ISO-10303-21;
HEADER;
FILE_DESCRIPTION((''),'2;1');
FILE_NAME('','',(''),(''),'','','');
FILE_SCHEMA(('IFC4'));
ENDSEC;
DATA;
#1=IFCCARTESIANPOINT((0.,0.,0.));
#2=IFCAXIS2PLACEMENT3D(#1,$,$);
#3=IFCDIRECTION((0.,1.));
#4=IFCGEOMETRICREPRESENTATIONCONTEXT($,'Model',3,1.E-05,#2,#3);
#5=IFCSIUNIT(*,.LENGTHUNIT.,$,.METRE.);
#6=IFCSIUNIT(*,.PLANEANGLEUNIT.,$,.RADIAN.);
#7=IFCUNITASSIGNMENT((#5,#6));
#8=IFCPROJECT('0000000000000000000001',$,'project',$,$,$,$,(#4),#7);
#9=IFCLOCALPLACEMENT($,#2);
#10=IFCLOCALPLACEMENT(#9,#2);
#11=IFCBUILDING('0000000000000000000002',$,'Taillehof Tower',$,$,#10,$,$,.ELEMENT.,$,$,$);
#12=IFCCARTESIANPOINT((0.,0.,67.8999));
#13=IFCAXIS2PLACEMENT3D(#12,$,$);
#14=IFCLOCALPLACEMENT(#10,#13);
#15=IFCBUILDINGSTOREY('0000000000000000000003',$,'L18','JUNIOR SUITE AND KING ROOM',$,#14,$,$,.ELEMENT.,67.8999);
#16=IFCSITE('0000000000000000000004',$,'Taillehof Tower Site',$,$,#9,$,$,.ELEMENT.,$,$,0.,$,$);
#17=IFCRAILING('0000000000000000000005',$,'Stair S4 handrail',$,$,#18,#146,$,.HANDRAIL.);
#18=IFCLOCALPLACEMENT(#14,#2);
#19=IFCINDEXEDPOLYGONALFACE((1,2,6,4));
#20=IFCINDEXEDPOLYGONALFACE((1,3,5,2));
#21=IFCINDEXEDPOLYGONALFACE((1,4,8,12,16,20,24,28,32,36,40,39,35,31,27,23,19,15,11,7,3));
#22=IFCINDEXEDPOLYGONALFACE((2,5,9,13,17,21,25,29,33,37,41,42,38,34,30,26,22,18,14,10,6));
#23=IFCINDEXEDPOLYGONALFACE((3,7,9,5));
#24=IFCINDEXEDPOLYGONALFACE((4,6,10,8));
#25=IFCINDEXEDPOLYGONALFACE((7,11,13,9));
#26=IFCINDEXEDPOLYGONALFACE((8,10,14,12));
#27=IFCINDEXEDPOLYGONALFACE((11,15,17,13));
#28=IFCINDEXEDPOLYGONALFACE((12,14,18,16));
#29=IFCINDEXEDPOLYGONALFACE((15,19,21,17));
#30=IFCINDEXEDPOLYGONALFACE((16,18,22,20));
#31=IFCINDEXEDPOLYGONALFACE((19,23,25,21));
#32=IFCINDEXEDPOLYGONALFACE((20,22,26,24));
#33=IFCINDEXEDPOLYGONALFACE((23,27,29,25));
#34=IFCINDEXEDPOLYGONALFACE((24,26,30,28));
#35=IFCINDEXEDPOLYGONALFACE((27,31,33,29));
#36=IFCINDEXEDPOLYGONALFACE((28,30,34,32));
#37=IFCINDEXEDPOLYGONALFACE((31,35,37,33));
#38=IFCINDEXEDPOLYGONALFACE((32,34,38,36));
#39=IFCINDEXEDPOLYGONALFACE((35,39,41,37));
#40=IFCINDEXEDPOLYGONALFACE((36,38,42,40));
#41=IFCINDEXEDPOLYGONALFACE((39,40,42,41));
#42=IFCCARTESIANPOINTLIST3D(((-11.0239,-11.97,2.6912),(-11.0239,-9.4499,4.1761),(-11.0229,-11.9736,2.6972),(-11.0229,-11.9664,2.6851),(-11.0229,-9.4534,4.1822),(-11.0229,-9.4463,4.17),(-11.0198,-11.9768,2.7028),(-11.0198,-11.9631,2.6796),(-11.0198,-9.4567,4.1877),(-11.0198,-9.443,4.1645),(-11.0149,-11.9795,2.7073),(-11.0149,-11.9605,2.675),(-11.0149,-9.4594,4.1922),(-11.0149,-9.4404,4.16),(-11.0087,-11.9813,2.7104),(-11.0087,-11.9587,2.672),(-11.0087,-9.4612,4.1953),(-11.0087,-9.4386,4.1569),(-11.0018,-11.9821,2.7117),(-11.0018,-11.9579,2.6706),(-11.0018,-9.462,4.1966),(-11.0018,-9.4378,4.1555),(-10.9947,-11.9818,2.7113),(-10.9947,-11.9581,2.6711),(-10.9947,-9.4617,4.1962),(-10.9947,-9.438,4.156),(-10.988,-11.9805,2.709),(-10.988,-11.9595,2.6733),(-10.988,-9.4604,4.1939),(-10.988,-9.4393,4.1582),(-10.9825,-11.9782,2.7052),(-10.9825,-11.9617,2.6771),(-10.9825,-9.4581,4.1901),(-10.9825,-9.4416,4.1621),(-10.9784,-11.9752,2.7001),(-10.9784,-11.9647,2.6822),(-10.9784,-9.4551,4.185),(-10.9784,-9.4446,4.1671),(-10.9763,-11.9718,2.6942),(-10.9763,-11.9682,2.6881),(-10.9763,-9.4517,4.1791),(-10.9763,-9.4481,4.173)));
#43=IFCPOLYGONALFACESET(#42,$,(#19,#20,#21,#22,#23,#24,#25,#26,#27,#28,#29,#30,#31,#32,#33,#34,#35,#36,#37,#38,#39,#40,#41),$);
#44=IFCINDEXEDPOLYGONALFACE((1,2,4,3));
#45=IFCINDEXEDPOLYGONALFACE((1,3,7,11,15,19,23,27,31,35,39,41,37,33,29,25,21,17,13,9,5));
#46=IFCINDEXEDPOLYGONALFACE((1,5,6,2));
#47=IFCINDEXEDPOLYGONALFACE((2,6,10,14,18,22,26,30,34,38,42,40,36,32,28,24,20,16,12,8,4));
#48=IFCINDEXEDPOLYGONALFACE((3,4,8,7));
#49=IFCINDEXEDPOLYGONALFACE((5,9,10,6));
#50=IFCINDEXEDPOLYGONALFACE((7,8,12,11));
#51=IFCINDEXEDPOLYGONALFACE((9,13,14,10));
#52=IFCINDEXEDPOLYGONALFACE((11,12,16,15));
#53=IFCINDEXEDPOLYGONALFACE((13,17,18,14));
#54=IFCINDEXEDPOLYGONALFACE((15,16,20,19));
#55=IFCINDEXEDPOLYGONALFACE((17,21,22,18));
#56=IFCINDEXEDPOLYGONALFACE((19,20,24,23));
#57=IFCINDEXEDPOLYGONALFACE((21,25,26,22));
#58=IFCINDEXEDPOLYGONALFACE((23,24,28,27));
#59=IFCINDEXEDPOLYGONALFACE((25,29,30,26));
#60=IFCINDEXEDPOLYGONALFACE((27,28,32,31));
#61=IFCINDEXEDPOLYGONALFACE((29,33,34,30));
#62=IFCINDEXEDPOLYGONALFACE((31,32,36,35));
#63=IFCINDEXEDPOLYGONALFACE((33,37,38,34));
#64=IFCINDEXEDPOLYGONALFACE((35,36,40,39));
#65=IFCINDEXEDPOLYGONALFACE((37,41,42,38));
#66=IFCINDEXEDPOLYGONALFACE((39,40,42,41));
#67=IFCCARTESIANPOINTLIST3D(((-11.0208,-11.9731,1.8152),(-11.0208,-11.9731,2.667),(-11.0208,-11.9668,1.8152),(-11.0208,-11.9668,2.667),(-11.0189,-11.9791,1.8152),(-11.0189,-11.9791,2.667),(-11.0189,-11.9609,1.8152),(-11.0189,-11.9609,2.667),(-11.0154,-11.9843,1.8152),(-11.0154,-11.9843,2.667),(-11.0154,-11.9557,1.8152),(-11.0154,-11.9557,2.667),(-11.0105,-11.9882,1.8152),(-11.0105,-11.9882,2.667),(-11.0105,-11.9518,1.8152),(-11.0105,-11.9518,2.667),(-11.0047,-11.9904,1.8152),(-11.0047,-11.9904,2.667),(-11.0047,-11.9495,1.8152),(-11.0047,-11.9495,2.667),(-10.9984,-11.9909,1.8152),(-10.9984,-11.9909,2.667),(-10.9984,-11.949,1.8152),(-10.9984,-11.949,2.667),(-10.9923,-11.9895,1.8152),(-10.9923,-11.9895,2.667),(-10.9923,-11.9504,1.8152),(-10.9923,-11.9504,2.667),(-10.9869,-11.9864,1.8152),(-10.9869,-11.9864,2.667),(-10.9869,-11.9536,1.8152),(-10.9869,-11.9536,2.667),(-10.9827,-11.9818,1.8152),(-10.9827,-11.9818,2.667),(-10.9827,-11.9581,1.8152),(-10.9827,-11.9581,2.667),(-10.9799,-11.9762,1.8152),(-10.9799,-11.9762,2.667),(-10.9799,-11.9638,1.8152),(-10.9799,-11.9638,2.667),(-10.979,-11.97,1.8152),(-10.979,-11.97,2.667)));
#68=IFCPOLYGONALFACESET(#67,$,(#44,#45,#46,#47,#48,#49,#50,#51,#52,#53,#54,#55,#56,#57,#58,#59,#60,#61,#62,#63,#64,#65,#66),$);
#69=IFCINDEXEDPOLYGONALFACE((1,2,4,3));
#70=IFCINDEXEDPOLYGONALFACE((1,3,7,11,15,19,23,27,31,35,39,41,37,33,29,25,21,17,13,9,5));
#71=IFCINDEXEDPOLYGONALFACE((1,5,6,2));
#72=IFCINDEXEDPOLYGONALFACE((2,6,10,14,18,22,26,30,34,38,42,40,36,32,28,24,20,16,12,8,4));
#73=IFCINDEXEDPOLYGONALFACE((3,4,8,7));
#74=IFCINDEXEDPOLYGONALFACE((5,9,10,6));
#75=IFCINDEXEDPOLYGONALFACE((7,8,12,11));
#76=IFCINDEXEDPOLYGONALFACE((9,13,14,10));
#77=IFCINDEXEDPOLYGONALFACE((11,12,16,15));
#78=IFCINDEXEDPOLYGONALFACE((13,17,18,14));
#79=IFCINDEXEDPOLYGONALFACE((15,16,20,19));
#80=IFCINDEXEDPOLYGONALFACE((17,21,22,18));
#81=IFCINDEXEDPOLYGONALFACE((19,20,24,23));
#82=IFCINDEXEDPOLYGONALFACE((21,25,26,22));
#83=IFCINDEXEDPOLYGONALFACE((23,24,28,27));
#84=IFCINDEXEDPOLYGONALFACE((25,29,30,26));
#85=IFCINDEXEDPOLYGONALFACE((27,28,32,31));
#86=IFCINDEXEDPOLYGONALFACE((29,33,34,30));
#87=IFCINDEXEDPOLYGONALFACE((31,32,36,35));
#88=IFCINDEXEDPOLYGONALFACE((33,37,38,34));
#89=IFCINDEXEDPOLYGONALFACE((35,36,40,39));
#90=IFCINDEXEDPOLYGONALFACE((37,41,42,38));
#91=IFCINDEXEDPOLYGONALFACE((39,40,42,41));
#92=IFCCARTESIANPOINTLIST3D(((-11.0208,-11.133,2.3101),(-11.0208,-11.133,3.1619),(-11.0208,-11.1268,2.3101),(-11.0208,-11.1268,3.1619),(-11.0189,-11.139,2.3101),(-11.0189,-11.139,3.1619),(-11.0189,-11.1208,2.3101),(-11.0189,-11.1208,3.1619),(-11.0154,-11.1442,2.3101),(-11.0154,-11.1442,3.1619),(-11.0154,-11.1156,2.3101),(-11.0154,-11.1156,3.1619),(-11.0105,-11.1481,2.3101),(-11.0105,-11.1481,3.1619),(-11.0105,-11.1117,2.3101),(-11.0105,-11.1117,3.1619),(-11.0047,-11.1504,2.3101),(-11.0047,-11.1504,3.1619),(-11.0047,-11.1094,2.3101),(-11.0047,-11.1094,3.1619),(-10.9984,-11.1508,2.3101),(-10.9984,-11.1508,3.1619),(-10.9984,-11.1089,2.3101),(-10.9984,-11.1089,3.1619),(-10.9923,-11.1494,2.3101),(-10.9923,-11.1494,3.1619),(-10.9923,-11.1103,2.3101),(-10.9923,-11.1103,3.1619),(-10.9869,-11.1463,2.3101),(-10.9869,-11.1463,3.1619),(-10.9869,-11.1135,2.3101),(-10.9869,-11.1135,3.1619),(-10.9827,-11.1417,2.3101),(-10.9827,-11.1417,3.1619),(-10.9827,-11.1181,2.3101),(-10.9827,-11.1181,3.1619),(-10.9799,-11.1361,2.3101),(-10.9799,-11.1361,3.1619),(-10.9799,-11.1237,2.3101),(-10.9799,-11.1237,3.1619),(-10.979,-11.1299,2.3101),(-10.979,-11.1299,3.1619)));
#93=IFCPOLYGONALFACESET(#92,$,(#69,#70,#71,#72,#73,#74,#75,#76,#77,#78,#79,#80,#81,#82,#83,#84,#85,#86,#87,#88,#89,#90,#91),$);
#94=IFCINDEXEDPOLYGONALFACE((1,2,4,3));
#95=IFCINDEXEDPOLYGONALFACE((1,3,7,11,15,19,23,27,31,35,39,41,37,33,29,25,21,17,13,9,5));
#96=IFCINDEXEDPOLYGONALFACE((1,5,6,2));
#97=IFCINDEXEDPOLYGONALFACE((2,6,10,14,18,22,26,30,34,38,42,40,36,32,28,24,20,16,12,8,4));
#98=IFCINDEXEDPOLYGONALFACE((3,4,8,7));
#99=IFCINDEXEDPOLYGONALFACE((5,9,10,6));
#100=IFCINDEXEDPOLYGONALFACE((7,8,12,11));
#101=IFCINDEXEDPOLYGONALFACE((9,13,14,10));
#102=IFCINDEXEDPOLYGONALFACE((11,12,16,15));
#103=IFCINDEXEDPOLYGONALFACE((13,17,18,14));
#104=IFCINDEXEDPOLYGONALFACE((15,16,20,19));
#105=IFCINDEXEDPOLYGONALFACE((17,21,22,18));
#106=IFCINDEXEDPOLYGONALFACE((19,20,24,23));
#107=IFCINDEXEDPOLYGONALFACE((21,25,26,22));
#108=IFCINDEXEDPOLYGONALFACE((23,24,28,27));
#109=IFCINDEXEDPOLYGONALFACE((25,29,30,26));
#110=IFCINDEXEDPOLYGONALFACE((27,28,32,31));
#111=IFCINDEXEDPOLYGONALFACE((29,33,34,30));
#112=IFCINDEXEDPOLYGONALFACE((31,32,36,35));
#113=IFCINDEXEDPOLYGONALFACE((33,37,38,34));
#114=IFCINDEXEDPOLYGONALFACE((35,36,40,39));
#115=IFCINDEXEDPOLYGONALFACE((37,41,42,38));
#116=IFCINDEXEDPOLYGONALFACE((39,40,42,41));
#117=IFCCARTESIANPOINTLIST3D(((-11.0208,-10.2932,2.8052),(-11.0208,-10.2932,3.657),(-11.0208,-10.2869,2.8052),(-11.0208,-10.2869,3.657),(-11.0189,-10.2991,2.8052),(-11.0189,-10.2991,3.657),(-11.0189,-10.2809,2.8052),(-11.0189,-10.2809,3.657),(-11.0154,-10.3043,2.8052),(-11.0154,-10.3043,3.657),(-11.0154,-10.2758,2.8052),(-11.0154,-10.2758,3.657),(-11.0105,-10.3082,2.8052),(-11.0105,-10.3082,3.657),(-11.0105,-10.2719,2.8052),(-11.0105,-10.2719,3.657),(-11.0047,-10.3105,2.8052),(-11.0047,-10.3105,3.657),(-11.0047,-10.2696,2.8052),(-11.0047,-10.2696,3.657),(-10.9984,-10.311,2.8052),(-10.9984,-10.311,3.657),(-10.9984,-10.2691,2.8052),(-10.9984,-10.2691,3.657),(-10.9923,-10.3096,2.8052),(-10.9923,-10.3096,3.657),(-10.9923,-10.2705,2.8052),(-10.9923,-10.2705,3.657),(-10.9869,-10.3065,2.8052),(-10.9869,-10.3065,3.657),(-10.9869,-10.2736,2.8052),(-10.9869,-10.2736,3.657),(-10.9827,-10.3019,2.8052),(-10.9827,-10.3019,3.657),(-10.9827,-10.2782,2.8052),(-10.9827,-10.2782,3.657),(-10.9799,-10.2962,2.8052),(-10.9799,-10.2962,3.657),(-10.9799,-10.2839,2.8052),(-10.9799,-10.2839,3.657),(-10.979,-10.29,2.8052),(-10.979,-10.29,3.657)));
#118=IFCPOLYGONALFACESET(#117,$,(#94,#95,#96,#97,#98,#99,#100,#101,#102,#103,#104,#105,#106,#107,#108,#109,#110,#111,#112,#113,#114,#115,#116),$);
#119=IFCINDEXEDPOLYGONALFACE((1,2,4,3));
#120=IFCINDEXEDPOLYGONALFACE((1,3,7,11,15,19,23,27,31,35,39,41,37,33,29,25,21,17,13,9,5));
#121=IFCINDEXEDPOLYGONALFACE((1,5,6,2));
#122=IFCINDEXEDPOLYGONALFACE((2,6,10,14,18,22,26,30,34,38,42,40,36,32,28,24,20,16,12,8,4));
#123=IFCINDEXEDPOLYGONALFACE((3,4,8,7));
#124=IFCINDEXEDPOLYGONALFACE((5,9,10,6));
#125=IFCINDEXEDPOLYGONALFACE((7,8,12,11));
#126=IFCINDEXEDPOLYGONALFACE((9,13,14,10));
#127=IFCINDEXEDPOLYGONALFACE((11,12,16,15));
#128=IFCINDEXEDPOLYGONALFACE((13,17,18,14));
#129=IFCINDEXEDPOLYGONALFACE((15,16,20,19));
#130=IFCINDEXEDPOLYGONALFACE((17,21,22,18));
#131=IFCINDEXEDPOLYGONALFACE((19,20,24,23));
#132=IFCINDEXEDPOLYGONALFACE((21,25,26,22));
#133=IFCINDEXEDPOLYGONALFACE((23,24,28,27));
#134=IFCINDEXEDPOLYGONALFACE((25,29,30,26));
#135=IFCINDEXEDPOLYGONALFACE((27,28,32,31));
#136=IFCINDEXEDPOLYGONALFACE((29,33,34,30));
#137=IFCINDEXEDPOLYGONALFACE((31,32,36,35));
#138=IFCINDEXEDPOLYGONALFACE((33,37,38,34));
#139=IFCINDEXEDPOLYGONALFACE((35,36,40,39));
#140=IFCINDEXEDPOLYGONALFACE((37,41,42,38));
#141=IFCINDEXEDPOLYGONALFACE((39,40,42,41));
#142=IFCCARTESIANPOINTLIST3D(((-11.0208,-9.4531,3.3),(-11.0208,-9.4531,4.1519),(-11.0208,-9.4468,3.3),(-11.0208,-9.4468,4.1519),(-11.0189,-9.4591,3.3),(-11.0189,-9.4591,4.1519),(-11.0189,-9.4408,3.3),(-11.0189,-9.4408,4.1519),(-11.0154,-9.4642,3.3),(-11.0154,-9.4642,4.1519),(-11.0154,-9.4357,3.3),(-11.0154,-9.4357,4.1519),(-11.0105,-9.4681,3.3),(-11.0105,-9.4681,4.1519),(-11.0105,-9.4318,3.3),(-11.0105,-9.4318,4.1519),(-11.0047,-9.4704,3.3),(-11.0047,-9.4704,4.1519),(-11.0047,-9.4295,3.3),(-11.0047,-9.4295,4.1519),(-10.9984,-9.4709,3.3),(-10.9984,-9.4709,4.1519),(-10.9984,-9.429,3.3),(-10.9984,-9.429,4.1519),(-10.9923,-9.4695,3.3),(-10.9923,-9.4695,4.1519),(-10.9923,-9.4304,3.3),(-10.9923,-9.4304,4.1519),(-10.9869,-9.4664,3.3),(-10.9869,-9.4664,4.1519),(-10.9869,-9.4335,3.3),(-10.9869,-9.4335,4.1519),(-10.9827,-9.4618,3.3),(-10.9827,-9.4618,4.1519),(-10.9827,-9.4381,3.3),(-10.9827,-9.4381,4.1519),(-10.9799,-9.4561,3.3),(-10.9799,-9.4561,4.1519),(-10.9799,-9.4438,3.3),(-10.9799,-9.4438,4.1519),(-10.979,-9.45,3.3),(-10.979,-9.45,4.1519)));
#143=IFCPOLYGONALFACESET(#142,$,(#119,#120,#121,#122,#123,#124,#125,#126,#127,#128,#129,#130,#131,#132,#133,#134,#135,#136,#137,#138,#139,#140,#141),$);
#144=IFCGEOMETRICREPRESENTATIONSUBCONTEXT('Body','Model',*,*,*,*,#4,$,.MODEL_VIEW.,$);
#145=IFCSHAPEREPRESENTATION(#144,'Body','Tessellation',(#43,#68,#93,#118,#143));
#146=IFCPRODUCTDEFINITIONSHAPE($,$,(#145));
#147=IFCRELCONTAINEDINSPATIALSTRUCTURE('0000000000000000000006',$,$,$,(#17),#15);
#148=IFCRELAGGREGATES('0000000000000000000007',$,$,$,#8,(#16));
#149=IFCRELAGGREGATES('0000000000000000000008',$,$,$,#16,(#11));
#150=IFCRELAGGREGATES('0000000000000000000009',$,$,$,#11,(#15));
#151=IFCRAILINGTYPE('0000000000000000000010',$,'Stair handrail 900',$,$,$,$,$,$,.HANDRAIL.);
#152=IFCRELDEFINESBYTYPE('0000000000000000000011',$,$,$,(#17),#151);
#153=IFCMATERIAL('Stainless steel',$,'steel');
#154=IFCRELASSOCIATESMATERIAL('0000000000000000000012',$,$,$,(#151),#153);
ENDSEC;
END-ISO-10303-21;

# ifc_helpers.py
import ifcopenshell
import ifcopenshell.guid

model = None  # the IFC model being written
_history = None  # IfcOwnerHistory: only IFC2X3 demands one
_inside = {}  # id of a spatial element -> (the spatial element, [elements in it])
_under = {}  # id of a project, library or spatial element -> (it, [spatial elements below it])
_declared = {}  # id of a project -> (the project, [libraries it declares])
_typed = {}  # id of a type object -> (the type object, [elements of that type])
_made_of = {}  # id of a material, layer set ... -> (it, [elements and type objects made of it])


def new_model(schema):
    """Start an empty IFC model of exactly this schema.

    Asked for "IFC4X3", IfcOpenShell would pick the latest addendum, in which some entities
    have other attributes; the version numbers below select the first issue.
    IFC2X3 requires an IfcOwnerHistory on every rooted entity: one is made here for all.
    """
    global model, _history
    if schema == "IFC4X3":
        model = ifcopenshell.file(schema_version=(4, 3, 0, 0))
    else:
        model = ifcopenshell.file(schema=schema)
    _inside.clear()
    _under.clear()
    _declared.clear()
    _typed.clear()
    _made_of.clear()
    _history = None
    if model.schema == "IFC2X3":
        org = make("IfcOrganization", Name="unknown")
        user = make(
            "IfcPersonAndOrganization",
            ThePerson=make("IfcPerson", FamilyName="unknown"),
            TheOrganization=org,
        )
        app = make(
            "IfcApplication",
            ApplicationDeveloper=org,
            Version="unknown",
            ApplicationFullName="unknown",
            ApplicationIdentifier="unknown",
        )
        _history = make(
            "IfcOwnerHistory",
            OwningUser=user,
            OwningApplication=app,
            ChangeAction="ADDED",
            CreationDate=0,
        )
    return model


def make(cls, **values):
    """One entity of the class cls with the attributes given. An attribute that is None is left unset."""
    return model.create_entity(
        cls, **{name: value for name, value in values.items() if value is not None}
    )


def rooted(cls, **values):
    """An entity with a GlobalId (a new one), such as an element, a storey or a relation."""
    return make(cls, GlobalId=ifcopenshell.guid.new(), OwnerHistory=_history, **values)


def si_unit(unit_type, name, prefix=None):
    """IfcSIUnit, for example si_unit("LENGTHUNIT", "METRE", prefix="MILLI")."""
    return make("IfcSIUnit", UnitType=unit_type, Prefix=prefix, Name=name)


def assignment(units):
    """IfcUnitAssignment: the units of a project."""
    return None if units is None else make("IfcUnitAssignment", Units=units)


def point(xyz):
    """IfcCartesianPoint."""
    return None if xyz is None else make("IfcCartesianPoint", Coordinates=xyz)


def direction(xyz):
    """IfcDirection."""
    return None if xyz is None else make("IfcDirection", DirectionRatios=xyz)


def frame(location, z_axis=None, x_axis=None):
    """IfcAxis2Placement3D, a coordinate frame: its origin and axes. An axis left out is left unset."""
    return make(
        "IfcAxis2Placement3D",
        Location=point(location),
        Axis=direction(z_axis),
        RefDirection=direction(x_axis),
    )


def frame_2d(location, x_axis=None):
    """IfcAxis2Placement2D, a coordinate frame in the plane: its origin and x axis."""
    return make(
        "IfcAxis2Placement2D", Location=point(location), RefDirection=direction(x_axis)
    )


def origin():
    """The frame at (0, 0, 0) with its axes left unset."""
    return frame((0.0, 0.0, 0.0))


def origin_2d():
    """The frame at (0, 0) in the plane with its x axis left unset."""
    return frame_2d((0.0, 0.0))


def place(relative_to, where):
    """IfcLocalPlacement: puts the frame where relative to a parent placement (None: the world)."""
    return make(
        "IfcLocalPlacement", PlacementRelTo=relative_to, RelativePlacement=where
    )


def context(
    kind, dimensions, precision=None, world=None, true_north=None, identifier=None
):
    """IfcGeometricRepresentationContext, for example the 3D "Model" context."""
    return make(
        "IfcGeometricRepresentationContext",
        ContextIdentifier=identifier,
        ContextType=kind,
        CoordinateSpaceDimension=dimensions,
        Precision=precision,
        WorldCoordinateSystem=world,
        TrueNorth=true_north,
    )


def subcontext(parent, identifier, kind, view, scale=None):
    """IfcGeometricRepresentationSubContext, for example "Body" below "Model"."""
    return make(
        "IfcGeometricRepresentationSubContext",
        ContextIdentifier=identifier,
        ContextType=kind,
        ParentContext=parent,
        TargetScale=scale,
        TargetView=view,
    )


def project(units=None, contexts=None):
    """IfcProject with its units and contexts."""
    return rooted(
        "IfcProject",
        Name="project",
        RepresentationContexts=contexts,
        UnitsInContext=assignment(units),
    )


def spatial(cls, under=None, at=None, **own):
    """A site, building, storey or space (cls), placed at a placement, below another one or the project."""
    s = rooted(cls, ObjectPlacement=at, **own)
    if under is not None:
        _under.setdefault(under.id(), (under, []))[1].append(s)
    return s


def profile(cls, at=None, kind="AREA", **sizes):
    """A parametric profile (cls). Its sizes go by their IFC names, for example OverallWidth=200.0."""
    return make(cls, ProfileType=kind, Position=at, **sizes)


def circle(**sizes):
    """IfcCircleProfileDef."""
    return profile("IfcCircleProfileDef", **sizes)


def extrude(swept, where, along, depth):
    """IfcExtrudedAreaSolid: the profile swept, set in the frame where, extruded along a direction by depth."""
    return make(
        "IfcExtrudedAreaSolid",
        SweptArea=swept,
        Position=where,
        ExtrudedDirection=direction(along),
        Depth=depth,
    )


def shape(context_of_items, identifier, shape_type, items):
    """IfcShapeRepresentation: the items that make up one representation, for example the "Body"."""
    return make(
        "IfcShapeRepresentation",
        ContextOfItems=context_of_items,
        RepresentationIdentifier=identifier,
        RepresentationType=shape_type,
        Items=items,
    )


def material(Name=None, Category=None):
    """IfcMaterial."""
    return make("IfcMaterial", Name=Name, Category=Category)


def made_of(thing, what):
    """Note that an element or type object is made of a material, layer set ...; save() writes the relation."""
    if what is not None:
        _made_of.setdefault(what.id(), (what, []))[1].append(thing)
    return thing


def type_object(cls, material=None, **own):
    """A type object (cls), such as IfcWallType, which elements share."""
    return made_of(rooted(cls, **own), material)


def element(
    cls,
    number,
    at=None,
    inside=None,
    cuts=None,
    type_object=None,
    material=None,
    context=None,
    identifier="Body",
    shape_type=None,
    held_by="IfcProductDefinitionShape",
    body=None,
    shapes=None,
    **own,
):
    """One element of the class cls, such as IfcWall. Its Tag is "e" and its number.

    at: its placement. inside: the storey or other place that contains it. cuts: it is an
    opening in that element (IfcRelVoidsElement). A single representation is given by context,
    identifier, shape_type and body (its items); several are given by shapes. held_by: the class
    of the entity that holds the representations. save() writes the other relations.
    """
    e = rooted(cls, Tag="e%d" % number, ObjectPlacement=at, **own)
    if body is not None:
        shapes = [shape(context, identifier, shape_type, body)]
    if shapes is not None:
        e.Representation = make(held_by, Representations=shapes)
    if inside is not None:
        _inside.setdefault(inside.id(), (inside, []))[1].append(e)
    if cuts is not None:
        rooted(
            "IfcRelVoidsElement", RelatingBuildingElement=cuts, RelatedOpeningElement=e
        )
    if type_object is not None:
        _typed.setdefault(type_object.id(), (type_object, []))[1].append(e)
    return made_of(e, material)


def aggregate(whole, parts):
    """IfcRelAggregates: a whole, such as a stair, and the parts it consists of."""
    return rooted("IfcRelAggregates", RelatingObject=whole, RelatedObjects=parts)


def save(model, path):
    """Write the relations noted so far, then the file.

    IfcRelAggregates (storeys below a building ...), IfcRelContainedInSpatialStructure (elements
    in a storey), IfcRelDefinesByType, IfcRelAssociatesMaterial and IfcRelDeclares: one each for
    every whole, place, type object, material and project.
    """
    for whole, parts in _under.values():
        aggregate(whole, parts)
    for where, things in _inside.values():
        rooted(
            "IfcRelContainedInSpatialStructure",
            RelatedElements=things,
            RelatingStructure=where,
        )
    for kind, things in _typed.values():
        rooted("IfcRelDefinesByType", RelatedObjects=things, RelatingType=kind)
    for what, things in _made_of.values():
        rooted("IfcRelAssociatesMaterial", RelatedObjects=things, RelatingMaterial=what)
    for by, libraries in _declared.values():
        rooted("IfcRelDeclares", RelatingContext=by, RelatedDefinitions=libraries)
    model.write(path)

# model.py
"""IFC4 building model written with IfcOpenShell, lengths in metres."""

from ifc_helpers import new_model, si_unit, direction, frame, origin, origin_2d, place, context, subcontext, project, spatial, circle, extrude, material, type_object, element, save


model = new_model("IFC4")

# Units and contexts
model_context = context("Model", 3, precision=1e-05, world=origin(), true_north=direction((0.0, 1.0)))
body_context = subcontext(model_context, "Body", "Model", "MODEL_VIEW")
ifc_project = project(units=[si_unit("LENGTHUNIT", "METRE"), si_unit("PLANEANGLEUNIT", "RADIAN")], contexts=[model_context])

# Site, building, storey
site_placement = place(None, origin())
site = spatial("IfcSite", under=ifc_project, at=site_placement, Name="Taillehof Tower Site", CompositionType="ELEMENT", RefElevation=0.0)
building_placement = place(site_placement, origin())
building = spatial("IfcBuilding", under=site, at=building_placement, Name="Taillehof Tower", CompositionType="ELEMENT")
storey_placement = place(building_placement, frame((0.0, 0.0, 67.8999)))
storey = spatial("IfcBuildingStorey", under=building, at=storey_placement, Name="L18", Description="JUNIOR SUITE AND KING ROOM", CompositionType="ELEMENT", Elevation=67.8999)

# Railing
ifc_material_1 = material(Name="Stainless steel", Category="steel")
railing_type = type_object("IfcRailingType", Name="Stair handrail 900", PredefinedType="HANDRAIL", material=ifc_material_1)
railing_1_placement = place(storey_placement, frame((-11.0, -11.97, 1.8152)))
element("IfcRailing", 1, at=railing_1_placement, inside=storey, type_object=railing_type, Name="Stair S4 handrail", PredefinedType="HANDRAIL", context=body_context, shape_type="SweptSolid", body=[
    extrude(circle(Radius=0.0239, at=origin_2d()), frame((0.0, 0.0, 0.876), z_axis=(0.0, 0.861561, 0.507655), x_axis=(-1.0, 0.0, 0.0)), (0.0, 0.0, 1.0), 2.925),
    extrude(circle(Radius=0.021, at=origin_2d()), origin(), (0.0, 0.0, 1.0), 0.8518),
    extrude(circle(Radius=0.021, at=origin_2d()), frame((0.0, 0.8401, 0.4949)), (0.0, 0.0, 1.0), 0.8518),
    extrude(circle(Radius=0.021, at=origin_2d()), frame((0.0, 1.6799, 0.99)), (0.0, 0.0, 1.0), 0.8518),
    extrude(circle(Radius=0.021, at=origin_2d()), frame((0.0, 2.52, 1.4849)), (0.0, 0.0, 1.0), 0.8518),
])

save(model, "model.ifc")
